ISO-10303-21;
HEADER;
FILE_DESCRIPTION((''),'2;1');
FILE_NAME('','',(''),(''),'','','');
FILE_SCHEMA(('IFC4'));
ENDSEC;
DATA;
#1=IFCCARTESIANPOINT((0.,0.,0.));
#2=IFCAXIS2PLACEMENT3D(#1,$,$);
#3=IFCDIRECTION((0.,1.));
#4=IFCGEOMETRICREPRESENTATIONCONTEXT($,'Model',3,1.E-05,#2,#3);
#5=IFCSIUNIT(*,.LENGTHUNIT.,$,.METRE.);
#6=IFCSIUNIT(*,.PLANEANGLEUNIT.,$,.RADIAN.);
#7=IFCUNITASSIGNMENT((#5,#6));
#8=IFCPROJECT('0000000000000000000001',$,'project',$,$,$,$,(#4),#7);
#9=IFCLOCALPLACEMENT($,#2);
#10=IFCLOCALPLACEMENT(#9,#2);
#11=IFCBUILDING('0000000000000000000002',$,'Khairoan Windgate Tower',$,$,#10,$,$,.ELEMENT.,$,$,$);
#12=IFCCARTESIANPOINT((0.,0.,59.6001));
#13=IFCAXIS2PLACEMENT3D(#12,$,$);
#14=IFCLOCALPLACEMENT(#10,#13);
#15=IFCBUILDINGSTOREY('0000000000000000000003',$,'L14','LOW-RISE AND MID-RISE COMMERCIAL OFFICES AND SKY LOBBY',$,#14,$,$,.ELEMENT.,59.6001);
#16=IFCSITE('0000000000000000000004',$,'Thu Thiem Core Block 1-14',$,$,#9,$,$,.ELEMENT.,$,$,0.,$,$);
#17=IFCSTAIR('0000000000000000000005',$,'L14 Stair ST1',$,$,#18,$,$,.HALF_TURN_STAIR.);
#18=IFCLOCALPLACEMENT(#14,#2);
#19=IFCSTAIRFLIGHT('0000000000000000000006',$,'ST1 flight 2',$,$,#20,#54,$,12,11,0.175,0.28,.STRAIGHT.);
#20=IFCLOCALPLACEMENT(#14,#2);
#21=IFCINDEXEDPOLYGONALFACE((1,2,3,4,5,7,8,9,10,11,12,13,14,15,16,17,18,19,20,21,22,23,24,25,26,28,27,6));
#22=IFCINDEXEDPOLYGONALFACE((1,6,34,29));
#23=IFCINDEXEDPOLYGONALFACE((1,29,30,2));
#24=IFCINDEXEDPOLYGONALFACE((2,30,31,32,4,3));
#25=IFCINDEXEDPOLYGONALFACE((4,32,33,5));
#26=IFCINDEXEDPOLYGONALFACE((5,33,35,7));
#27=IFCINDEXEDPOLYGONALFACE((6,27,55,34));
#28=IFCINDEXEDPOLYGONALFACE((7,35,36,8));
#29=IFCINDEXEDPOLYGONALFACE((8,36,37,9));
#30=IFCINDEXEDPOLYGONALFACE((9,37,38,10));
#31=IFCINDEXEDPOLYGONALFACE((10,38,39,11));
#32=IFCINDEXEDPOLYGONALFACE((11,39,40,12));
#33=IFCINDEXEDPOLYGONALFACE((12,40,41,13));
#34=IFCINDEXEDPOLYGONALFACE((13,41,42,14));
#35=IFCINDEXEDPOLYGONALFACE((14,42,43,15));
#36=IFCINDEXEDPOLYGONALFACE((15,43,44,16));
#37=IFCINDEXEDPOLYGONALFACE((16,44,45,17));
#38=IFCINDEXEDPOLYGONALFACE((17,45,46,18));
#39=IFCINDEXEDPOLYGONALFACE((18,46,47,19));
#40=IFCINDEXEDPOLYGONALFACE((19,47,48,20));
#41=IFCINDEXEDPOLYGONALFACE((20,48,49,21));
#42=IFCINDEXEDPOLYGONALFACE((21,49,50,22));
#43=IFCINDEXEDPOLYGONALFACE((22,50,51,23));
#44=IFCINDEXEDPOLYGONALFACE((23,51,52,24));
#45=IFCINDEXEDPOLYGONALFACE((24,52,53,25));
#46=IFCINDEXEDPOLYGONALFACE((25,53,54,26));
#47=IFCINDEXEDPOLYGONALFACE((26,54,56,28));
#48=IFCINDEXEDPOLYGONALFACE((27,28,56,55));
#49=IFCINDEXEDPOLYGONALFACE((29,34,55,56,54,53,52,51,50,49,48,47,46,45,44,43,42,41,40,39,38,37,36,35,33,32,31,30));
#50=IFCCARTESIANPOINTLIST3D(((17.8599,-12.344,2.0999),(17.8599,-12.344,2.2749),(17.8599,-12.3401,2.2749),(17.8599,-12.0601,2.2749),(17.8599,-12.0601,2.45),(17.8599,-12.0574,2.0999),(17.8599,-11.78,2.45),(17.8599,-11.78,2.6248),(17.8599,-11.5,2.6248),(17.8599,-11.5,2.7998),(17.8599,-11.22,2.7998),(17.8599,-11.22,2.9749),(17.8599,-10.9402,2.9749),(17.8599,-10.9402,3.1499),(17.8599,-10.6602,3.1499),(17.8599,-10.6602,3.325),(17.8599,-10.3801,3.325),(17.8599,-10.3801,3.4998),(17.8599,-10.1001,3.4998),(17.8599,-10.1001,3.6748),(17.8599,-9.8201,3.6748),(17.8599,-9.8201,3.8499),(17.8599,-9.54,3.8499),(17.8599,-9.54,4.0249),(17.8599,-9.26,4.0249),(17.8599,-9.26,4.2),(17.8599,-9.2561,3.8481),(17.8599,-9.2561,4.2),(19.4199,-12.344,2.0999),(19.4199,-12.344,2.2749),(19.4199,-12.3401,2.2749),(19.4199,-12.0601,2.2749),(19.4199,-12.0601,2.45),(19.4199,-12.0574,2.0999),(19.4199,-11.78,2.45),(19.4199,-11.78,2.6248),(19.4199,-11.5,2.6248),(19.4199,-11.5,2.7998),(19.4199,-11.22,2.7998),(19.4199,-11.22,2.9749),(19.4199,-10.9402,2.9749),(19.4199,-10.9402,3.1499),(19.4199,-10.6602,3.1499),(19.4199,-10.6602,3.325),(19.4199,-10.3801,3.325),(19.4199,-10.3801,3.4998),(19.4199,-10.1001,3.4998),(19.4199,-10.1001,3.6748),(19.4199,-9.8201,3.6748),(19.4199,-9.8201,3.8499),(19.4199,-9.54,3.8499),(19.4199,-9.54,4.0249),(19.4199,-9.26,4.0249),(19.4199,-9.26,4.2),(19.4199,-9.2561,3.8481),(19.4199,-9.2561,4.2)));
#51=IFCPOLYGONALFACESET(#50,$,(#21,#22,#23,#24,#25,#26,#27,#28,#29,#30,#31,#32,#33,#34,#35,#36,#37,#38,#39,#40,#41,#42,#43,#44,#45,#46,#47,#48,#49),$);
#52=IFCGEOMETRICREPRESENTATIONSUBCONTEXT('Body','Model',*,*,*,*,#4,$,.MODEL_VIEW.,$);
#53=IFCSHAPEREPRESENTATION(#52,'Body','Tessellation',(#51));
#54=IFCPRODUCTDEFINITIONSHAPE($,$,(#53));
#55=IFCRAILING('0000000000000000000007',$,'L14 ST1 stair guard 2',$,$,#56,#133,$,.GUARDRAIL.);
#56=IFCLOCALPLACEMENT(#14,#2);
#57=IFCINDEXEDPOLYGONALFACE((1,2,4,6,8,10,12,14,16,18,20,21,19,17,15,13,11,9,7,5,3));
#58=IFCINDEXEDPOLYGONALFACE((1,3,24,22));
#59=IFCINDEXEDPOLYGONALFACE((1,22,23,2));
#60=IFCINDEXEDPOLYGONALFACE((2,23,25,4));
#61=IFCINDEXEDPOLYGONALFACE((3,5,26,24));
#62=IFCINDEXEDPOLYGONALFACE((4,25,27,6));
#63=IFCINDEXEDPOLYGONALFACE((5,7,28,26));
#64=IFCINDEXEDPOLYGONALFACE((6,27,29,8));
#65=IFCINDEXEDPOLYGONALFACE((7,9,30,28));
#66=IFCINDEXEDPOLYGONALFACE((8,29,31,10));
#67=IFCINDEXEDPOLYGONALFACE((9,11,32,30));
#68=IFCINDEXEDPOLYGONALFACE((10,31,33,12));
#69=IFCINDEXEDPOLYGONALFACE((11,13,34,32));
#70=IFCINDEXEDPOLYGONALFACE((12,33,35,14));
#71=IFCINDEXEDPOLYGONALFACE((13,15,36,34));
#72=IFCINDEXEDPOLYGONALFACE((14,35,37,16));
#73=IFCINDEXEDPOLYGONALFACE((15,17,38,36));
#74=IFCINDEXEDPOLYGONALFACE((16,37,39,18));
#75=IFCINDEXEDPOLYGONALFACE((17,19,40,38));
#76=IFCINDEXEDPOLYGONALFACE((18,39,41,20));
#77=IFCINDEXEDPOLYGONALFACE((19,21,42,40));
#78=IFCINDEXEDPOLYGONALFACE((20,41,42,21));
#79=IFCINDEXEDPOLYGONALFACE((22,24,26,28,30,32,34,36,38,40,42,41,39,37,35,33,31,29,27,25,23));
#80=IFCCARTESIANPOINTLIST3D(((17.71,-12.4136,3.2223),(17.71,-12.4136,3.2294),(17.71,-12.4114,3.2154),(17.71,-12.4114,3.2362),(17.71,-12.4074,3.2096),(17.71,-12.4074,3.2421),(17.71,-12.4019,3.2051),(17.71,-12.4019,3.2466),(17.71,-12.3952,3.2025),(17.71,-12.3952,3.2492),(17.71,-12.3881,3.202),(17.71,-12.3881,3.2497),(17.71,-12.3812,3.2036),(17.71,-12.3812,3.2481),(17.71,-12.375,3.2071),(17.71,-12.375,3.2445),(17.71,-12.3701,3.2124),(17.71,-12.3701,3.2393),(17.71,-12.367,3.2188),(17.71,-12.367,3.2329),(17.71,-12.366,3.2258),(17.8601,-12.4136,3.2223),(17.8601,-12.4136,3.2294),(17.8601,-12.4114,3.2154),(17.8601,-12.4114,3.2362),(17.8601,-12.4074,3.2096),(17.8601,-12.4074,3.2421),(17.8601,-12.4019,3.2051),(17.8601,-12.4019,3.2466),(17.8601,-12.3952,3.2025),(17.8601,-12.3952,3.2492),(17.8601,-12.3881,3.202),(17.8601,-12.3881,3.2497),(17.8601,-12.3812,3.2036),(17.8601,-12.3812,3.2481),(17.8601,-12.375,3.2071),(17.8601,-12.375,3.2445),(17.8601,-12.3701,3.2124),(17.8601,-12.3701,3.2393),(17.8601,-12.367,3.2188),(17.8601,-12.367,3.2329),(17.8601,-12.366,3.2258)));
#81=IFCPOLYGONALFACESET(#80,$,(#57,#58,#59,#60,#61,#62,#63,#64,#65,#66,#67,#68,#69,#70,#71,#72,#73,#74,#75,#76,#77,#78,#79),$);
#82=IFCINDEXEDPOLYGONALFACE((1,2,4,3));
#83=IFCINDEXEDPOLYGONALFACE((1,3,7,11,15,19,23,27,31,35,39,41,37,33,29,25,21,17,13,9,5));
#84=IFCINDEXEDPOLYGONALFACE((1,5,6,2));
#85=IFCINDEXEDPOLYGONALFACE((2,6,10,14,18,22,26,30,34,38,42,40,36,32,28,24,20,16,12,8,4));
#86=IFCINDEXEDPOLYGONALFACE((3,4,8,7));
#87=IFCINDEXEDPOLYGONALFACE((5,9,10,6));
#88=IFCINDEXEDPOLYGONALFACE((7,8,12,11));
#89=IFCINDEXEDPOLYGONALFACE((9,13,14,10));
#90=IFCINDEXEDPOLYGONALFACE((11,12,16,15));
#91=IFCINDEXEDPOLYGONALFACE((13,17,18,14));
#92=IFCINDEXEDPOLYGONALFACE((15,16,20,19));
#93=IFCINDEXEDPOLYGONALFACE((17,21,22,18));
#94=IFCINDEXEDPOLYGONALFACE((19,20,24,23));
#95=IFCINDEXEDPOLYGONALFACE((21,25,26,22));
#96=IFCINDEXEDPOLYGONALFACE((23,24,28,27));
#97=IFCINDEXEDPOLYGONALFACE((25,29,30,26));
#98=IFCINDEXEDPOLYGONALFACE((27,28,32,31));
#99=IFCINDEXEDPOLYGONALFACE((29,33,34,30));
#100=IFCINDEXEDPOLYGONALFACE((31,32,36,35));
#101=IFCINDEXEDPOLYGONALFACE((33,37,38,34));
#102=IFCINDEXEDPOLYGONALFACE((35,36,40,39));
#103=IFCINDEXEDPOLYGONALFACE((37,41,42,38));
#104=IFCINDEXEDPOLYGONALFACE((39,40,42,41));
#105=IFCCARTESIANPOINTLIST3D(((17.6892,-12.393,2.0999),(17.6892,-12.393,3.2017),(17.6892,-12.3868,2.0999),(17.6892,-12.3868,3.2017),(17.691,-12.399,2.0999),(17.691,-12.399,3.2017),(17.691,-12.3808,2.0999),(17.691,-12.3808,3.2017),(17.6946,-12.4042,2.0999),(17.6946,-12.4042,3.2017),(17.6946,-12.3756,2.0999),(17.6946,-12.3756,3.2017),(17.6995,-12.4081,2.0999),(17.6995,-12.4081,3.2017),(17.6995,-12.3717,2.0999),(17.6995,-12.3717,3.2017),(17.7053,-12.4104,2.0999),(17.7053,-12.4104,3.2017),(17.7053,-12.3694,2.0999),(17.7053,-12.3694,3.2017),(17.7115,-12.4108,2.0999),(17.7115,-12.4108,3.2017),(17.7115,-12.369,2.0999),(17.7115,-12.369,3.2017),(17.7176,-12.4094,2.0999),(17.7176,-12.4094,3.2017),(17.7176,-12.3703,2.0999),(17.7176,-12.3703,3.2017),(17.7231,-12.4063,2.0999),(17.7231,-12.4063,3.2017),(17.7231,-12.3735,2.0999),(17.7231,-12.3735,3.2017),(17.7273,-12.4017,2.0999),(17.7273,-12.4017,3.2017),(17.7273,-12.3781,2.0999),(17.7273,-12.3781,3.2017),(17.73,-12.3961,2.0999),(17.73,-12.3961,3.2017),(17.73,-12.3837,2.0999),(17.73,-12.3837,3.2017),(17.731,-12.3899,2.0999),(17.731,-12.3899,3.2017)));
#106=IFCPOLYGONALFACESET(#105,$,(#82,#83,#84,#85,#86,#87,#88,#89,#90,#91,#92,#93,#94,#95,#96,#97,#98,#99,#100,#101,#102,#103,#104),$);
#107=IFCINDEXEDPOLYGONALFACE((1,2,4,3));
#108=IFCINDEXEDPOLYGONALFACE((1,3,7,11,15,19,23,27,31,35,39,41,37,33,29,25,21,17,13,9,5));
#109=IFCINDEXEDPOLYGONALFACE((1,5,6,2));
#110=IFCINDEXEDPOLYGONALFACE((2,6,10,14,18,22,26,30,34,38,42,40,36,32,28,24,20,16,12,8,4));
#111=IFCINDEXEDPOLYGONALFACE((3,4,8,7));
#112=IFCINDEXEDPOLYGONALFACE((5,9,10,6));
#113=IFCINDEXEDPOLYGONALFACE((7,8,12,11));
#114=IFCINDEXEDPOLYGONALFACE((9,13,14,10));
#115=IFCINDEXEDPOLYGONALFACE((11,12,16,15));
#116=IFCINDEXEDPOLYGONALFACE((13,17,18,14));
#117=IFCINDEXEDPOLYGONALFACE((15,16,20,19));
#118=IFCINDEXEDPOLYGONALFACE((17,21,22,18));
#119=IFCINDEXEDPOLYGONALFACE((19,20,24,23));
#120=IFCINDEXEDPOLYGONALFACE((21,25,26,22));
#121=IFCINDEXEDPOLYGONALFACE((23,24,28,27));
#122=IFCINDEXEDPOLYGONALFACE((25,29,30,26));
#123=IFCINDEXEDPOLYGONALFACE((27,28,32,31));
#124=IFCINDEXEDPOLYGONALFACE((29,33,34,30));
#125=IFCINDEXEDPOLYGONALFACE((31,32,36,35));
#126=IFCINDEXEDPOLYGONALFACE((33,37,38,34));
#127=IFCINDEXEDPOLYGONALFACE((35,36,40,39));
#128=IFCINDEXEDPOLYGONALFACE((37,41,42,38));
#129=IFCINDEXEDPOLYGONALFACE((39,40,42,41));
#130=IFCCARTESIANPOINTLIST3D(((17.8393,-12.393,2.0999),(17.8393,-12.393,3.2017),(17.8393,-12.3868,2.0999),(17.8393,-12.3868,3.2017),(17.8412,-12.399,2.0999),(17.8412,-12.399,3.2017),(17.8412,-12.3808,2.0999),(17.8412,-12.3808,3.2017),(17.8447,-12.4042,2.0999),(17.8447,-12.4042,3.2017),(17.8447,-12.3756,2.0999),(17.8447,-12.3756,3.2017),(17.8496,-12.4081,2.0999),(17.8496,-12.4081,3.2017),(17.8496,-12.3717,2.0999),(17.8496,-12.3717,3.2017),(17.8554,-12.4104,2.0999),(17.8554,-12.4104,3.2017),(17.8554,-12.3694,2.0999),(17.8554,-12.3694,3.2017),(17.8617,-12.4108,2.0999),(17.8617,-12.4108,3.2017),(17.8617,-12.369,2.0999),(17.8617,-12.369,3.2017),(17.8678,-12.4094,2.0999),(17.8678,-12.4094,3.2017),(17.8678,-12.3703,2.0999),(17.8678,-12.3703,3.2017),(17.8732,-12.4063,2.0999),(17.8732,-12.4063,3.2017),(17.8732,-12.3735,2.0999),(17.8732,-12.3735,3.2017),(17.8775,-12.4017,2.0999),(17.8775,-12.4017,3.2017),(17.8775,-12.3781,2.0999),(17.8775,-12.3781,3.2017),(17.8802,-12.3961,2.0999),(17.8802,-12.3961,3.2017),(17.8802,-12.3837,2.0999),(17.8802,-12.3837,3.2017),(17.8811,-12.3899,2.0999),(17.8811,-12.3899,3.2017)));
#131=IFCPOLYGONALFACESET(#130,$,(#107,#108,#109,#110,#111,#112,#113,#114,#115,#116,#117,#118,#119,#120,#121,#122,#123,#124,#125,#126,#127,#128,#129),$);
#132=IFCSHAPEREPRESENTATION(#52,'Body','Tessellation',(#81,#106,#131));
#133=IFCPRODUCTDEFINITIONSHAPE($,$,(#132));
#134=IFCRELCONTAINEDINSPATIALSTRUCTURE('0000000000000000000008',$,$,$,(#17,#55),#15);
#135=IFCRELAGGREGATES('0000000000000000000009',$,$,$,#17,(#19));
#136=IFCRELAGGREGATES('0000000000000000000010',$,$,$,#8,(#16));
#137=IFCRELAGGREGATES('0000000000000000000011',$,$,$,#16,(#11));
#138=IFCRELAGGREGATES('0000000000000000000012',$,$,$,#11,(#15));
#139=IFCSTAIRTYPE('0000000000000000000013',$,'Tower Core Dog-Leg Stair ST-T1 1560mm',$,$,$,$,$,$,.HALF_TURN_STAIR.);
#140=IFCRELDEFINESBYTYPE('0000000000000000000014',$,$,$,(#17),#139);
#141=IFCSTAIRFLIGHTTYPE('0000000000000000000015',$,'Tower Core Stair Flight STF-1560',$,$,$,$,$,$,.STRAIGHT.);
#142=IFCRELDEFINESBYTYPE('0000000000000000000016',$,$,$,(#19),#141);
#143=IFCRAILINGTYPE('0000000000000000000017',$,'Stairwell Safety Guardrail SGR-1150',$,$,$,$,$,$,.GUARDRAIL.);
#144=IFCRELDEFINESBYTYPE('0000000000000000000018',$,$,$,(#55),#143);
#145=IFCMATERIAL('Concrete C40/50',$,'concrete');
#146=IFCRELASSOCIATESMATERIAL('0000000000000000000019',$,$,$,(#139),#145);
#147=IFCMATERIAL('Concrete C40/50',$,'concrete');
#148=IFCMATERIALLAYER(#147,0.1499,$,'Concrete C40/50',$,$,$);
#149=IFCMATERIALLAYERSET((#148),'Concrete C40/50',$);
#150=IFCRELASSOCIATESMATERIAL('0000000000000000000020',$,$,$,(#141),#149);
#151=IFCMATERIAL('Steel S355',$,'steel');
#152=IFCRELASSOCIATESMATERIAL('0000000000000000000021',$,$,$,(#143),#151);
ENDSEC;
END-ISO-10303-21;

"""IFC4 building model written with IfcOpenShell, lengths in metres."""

from ifc_helpers import new_model, si_unit, direction, frame, origin, origin_2d, place, context, subcontext, project, spatial, polyline, circle, outline, extrude, material, layer, layer_set, type_object, element, aggregate, save


model = new_model("IFC4")

# Units and contexts
model_context = context("Model", 3, precision=1e-05, world=origin(), true_north=direction((0.0, 1.0)))
body_context = subcontext(model_context, "Body", "Model", "MODEL_VIEW")
ifc_project = project(units=[si_unit("LENGTHUNIT", "METRE"), si_unit("PLANEANGLEUNIT", "RADIAN")], contexts=[model_context])

# Site, building, storey
site_placement = place(None, origin())
site = spatial("IfcSite", under=ifc_project, at=site_placement, Name="Thu Thiem Core Block 1-14", CompositionType="ELEMENT", RefElevation=0.0)
building_placement = place(site_placement, origin())
building = spatial("IfcBuilding", under=site, at=building_placement, Name="Khairoan Windgate Tower", CompositionType="ELEMENT")
storey_placement = place(building_placement, frame((0.0, 0.0, 59.6001)))
storey = spatial("IfcBuildingStorey", under=building, at=storey_placement, Name="L14", Description="LOW-RISE AND MID-RISE COMMERCIAL OFFICES AND SKY LOBBY", CompositionType="ELEMENT", Elevation=59.6001)

# Stair, stair flight
ifc_material_1 = material(Name="Concrete C40/50", Category="concrete")
stair_type = type_object("IfcStairType", Name="Tower Core Dog-Leg Stair ST-T1 1560mm", PredefinedType="HALF_TURN_STAIR", material=ifc_material_1)
stair_placement = place(storey_placement, origin())
stair = element("IfcStair", 1, at=stair_placement, inside=storey, type_object=stair_type, Name="L14 Stair ST1", PredefinedType="HALF_TURN_STAIR")
ifc_material_2 = material(Name="Concrete C40/50", Category="concrete")
ifc_layer_1 = layer(ifc_material_2, 0.1499, Name="Concrete C40/50")
ifc_layer_set_1 = layer_set([ifc_layer_1], Name="Concrete C40/50")
stair_flight_type = type_object("IfcStairFlightType", Name="Tower Core Stair Flight STF-1560", PredefinedType="STRAIGHT", material=ifc_layer_set_1)
stair_flight_placement = place(storey_placement, frame((18.6399, -12.3401, 2.0999), z_axis=(0.0, 0.0, 1.0), x_axis=(0.0, 1.0, 0.0)))
stair_flight = element("IfcStairFlight", 2, at=stair_flight_placement, type_object=stair_flight_type, Name="ST1 flight 2", NumberOfRisers=12, NumberOfTreads=11, PredefinedType="STRAIGHT", RiserHeight=0.175, TreadLength=0.28, context=body_context, shape_type="SweptSolid", body=[
    extrude(outline(polyline([(-0.0039, 0.0), (-0.0039, 0.175), (0.0, 0.175), (0.28, 0.175), (0.28, 0.3501), (0.5601, 0.3501), (0.5601, 0.5249), (0.8401, 0.5249), (0.8401, 0.7), (1.1201, 0.7), (1.1201, 0.875), (1.3999, 0.875), (1.3999, 1.05), (1.6799, 1.05), (1.6799, 1.2251), (1.96, 1.2251), (1.96, 1.3999), (2.24, 1.3999), (2.24, 1.575), (2.52, 1.575), (2.52, 1.75), (2.8, 1.75), (2.8, 1.925), (3.0801, 1.925), (3.0801, 2.1001), (3.084, 2.1001), (3.084, 1.7483), (0.2827, 0.0), (-0.0039, 0.0)])), frame((0.0, 0.78, 0.0), z_axis=(0.0, -1.0, 0.0), x_axis=(1.0, 0.0, 0.0)), (0.0, 0.0, 1.0), 1.5601),
])
aggregate(stair, [stair_flight])

# Railing
ifc_material_3 = material(Name="Steel S355", Category="steel")
railing_type = type_object("IfcRailingType", Name="Stairwell Safety Guardrail SGR-1150", PredefinedType="GUARDRAIL", material=ifc_material_3)
railing_1_placement = place(storey_placement, frame((17.71, -12.3899, 2.0999)))
element("IfcRailing", 3, at=railing_1_placement, inside=storey, type_object=railing_type, Name="L14 ST1 stair guard 2", PredefinedType="GUARDRAIL", context=body_context, shape_type="SweptSolid", body=[
    extrude(circle(Radius=0.0239, at=origin_2d()), frame((0.0, 0.0, 1.126), z_axis=(1.0, 0.0, 0.0), x_axis=(0.0, 1.0, 0.0)), (0.0, 0.0, 1.0), 0.1501),
    extrude(circle(Radius=0.021, at=origin_2d()), origin(), (0.0, 0.0, 1.0), 1.1018),
    extrude(circle(Radius=0.021, at=origin_2d()), frame((0.1501, 0.0, 0.0)), (0.0, 0.0, 1.0), 1.1018),
])

save(model, "model.ifc")
